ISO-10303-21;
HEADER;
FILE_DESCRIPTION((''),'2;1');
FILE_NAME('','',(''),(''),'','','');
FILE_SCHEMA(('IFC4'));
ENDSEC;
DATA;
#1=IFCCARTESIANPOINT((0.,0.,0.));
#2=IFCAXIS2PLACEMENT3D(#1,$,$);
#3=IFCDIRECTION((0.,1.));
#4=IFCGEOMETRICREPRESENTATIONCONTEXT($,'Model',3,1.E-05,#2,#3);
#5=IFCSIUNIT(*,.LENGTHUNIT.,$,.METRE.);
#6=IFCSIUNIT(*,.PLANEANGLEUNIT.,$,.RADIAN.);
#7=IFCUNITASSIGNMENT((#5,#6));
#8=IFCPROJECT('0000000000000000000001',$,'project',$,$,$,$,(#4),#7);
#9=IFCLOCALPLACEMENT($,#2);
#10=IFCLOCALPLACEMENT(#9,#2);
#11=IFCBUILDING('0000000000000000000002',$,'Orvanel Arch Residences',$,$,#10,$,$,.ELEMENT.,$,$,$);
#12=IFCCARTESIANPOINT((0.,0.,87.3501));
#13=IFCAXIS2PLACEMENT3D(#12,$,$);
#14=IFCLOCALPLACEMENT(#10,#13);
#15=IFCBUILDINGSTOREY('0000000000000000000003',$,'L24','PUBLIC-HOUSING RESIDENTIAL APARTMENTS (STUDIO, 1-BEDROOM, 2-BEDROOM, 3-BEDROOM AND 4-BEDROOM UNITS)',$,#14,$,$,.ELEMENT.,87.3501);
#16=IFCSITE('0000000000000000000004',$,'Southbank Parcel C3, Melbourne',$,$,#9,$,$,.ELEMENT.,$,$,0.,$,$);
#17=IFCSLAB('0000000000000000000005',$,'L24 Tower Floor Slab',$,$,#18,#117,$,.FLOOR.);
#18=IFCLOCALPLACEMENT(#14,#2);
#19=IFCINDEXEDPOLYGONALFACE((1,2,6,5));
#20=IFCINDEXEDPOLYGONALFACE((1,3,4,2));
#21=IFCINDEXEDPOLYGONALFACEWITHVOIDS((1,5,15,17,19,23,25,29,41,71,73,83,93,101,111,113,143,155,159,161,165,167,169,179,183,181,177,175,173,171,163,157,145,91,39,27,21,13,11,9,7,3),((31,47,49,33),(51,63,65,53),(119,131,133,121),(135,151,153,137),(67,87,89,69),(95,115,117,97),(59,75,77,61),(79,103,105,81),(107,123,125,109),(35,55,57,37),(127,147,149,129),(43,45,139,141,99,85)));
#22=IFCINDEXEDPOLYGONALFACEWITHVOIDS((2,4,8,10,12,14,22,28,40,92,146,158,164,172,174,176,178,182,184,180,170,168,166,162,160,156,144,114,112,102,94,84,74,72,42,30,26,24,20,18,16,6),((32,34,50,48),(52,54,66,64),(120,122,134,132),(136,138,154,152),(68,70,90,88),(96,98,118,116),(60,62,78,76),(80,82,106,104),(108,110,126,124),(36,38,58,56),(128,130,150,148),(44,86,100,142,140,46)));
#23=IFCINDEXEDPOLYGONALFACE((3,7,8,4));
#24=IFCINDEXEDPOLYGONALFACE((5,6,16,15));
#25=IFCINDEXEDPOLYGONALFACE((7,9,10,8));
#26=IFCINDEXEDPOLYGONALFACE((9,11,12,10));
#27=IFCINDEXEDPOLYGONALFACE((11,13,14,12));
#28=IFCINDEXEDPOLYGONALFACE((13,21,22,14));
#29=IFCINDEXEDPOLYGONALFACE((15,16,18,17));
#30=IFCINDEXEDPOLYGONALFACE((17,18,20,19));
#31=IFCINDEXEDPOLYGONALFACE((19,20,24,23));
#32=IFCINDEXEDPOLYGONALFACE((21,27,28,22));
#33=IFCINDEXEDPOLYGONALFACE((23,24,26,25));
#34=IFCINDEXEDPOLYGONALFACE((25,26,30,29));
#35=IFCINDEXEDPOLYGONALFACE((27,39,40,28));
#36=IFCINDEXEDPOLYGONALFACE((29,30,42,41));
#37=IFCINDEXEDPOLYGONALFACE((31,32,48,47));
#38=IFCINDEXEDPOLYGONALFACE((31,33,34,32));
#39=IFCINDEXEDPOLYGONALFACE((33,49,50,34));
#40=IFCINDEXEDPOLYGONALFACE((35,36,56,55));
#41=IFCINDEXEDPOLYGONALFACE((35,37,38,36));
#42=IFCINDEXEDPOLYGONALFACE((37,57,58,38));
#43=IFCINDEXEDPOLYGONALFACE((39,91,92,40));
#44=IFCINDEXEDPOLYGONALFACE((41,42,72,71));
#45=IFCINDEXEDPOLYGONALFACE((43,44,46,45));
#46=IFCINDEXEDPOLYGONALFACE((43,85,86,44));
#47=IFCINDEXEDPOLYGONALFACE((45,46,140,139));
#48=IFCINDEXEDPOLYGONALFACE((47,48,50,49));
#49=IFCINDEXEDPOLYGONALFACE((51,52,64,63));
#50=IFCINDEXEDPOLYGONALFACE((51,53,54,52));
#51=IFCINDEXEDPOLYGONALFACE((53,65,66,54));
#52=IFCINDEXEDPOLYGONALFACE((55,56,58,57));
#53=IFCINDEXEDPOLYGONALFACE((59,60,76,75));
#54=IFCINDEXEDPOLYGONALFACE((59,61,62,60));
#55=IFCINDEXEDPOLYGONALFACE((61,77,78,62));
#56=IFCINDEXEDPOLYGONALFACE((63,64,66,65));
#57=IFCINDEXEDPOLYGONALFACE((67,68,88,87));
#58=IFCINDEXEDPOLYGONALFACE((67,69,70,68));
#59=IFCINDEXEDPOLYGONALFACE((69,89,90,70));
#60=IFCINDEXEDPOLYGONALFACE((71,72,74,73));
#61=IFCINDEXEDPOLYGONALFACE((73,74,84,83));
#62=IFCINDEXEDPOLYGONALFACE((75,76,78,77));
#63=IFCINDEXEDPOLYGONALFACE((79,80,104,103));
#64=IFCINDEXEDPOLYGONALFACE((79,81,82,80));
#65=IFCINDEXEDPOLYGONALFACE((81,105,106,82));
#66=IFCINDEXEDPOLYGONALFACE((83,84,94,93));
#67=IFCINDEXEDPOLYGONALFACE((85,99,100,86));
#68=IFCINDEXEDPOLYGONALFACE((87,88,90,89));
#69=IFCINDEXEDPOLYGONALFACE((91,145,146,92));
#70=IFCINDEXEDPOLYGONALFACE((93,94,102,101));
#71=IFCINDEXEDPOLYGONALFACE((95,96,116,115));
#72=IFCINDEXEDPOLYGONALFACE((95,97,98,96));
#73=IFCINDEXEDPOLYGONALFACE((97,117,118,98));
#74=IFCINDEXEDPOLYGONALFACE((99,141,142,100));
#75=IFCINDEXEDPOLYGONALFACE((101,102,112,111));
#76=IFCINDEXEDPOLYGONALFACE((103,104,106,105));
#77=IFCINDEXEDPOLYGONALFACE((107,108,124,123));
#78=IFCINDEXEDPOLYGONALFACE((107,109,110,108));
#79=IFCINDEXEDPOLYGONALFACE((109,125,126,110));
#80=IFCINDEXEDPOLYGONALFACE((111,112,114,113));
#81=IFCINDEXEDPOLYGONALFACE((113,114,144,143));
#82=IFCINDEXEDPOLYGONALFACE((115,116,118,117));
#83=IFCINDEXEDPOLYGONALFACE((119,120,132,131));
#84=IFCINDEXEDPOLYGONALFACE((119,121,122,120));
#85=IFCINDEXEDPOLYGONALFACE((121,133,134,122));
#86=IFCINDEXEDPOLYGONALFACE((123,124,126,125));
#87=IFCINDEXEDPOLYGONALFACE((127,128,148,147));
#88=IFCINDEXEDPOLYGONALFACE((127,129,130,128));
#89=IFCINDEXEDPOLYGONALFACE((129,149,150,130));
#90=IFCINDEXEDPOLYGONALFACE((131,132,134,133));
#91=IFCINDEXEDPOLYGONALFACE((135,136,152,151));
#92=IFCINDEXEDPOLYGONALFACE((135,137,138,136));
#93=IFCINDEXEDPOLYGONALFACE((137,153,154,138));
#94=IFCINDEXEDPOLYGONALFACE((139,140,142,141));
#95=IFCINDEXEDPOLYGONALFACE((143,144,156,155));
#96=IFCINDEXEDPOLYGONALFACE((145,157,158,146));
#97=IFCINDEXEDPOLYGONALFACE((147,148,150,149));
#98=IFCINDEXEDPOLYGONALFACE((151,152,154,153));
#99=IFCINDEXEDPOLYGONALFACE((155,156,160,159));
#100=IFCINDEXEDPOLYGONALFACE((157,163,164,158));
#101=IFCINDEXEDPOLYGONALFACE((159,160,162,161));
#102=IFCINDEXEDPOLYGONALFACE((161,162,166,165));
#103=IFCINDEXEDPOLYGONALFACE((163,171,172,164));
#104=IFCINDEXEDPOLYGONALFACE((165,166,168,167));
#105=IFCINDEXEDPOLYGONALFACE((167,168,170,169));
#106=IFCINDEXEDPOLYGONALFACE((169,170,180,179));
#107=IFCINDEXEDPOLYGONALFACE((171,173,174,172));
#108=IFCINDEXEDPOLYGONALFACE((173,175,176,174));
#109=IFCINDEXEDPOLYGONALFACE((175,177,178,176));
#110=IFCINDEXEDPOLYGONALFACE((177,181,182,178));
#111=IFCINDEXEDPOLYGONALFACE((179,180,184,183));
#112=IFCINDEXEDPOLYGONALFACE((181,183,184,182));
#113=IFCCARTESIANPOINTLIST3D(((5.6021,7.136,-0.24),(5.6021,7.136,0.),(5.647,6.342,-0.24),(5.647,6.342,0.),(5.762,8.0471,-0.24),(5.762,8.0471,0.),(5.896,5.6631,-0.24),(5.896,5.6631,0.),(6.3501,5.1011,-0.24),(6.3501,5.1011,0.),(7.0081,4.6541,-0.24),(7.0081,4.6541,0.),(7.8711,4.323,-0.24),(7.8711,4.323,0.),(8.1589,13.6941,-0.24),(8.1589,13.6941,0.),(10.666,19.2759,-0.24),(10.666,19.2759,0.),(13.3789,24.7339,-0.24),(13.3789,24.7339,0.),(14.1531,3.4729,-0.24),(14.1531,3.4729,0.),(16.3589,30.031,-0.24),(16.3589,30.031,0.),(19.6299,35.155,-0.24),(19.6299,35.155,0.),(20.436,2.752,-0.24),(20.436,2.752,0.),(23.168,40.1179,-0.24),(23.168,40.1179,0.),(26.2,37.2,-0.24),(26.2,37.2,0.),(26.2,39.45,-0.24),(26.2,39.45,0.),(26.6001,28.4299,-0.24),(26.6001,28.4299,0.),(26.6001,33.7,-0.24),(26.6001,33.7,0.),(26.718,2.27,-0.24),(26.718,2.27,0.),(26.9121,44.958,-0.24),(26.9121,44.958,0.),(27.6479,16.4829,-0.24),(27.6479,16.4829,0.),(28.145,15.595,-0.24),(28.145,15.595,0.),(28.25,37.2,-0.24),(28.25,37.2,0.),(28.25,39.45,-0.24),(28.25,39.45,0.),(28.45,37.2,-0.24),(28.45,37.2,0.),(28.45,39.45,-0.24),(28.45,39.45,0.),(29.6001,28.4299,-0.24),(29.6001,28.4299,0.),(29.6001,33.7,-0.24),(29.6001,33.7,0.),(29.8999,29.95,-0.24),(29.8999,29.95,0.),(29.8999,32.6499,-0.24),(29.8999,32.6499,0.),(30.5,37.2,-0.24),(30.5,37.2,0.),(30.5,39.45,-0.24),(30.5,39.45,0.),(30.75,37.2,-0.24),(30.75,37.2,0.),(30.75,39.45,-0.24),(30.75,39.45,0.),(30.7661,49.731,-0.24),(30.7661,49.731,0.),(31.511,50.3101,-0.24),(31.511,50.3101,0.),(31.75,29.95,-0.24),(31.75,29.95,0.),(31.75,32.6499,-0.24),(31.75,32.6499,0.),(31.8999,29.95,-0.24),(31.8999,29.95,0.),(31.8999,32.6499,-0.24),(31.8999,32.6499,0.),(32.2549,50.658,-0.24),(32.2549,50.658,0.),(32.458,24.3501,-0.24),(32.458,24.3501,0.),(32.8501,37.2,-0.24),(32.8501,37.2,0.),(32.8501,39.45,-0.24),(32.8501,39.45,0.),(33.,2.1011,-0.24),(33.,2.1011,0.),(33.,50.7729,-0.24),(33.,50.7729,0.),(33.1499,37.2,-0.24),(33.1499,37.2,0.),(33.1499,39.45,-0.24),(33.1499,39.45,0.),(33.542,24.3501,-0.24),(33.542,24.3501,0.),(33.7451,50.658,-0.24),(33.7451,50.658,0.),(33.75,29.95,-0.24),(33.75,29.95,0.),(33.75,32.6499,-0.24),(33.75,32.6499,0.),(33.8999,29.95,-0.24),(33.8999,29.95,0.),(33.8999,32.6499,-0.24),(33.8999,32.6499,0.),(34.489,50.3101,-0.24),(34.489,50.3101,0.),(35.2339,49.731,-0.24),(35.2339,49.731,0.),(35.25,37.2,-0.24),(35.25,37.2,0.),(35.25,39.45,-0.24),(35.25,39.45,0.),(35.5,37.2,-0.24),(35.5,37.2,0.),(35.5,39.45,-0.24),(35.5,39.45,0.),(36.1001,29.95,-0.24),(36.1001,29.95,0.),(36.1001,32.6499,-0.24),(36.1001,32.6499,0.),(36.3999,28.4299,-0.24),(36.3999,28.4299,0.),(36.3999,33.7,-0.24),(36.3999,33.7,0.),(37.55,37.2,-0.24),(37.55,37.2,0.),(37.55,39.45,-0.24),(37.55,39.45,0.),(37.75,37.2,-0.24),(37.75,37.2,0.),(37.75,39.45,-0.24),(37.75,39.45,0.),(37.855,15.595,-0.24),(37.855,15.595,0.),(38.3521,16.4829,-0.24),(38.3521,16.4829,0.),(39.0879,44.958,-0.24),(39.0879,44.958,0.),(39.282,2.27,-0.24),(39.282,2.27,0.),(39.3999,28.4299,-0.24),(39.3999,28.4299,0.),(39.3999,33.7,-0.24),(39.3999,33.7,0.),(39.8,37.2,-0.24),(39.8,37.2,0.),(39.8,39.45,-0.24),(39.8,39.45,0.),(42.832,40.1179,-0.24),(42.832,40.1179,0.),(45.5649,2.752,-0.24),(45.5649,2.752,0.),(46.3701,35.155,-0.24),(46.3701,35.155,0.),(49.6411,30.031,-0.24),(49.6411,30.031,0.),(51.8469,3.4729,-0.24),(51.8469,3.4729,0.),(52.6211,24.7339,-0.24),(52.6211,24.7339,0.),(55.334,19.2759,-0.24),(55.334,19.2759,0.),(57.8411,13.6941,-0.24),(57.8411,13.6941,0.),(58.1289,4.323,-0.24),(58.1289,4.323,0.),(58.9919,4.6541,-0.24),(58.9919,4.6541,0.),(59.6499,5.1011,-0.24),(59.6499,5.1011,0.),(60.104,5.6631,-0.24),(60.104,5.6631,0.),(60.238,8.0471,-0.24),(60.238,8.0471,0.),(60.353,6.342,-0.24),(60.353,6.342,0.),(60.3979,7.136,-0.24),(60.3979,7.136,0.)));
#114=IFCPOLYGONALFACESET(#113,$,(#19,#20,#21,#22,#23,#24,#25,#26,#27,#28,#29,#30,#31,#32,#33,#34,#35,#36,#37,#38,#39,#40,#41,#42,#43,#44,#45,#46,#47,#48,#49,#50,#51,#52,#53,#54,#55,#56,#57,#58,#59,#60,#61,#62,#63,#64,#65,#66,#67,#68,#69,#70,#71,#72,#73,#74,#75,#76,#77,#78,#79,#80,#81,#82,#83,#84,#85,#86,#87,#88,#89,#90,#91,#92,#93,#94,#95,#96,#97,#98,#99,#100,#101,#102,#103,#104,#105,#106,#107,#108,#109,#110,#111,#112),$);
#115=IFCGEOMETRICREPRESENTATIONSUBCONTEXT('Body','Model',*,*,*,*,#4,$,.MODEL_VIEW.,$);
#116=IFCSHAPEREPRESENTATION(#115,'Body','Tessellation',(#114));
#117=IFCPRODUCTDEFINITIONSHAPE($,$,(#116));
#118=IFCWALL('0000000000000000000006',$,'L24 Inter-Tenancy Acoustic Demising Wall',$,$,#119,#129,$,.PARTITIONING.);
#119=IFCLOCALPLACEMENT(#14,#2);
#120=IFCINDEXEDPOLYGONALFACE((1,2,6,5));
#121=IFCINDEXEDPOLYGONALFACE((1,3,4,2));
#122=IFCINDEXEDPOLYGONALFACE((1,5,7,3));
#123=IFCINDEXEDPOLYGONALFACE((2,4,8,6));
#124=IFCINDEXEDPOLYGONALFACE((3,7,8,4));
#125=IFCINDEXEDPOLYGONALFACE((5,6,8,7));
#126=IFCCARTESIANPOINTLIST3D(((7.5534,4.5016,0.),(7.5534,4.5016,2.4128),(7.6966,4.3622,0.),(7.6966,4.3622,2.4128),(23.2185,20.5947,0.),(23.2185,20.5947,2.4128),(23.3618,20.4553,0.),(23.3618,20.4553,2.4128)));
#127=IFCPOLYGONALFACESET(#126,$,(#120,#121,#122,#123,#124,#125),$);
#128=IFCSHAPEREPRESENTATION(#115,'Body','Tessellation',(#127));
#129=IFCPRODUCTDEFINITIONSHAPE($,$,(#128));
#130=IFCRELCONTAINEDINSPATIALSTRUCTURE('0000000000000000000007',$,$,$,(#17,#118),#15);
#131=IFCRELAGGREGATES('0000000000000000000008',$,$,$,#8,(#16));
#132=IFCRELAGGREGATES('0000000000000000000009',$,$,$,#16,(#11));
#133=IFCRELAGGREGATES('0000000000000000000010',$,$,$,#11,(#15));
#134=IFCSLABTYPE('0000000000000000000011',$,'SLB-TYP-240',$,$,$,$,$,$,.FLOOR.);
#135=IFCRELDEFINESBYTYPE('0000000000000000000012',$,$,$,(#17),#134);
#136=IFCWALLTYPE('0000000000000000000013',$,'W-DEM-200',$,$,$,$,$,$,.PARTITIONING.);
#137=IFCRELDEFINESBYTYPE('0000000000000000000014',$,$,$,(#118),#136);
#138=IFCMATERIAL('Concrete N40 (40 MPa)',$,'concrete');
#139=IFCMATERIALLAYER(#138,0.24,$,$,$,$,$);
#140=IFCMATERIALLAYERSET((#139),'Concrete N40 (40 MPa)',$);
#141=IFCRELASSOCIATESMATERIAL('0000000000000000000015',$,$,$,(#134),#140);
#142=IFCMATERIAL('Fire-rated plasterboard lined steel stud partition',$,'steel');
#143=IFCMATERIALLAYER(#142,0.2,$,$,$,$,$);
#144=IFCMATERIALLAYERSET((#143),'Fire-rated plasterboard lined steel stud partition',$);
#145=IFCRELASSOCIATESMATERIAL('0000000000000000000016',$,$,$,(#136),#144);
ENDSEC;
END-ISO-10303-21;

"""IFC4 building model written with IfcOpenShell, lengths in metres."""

from ifc_helpers import new_model, si_unit, direction, frame, frame_2d, origin, place, context, subcontext, project, spatial, polyline, rectangle, outline, extrude, material, layer, layer_set, type_object, element, save


model = new_model("IFC4")

# Units and contexts
model_context = context("Model", 3, precision=1e-05, world=origin(), true_north=direction((0.0, 1.0)))
body_context = subcontext(model_context, "Body", "Model", "MODEL_VIEW")
ifc_project = project(units=[si_unit("LENGTHUNIT", "METRE"), si_unit("PLANEANGLEUNIT", "RADIAN")], contexts=[model_context])

# Site, building, storey
site_placement = place(None, origin())
site = spatial("IfcSite", under=ifc_project, at=site_placement, Name="Southbank Parcel C3, Melbourne", CompositionType="ELEMENT", RefElevation=0.0)
building_placement = place(site_placement, origin())
building = spatial("IfcBuilding", under=site, at=building_placement, Name="Orvanel Arch Residences", CompositionType="ELEMENT")
storey_placement = place(building_placement, frame((0.0, 0.0, 87.3501)))
storey = spatial("IfcBuildingStorey", under=building, at=storey_placement, Name="L24", Description="PUBLIC-HOUSING RESIDENTIAL APARTMENTS (STUDIO, 1-BEDROOM, 2-BEDROOM, 3-BEDROOM AND 4-BEDROOM UNITS)", CompositionType="ELEMENT", Elevation=87.3501)

# Shared definitions
ifc_material_1 = material(Name="Concrete N40 (40 MPa)", Category="concrete")

# Slab
ifc_layer_1 = layer(ifc_material_1, 0.24)
ifc_layer_set_1 = layer_set([ifc_layer_1], Name="Concrete N40 (40 MPa)")
slab_type_1 = type_object("IfcSlabType", Name="SLB-TYP-240", PredefinedType="FLOOR", material=ifc_layer_set_1)
slab_1_placement = place(storey_placement, frame((0.0, 0.0, -0.24)))
element("IfcSlab", 1, at=slab_1_placement, inside=storey, type_object=slab_type_1, Name="L24 Tower Floor Slab", PredefinedType="FLOOR", context=body_context, shape_type="SweptSolid", body=[
    extrude(outline(polyline([(35.2339, 49.731), (34.489, 50.3101), (33.7451, 50.658), (33.0, 50.7729), (32.2549, 50.658), (31.511, 50.3101), (30.7661, 49.731), (26.9121, 44.958), (23.168, 40.1179), (19.6299, 35.155), (16.3589, 30.031), (13.3789, 24.7339), (10.666, 19.2759), (8.1589, 13.6941), (5.762, 8.0471), (5.6021, 7.136), (5.647, 6.342), (5.896, 5.6631), (6.3501, 5.1011), (7.0081, 4.6541), (7.8711, 4.323), (14.1531, 3.4729), (20.436, 2.752), (26.718, 2.27), (33.0, 2.1011), (39.282, 2.27), (45.5649, 2.752), (51.8469, 3.4729), (58.1289, 4.323), (58.9919, 4.6541), (59.6499, 5.1011), (60.104, 5.6631), (60.353, 6.342), (60.3979, 7.136), (60.238, 8.0471), (57.8411, 13.6941), (55.334, 19.2759), (52.6211, 24.7339), (49.6411, 30.031), (46.3701, 35.155), (42.832, 40.1179), (39.0879, 44.958), (35.2339, 49.731)]), holes=[polyline([(26.6001, 28.4299), (26.6001, 33.7), (29.6001, 33.7), (29.6001, 28.4299), (26.6001, 28.4299)]), polyline([(36.3999, 28.4299), (36.3999, 33.7), (39.3999, 33.7), (39.3999, 28.4299), (36.3999, 28.4299)]), polyline([(29.8999, 32.6499), (31.75, 32.6499), (31.75, 29.95), (29.8999, 29.95), (29.8999, 32.6499)]), polyline([(31.8999, 32.6499), (33.75, 32.6499), (33.75, 29.95), (31.8999, 29.95), (31.8999, 32.6499)]), polyline([(33.8999, 32.6499), (36.1001, 32.6499), (36.1001, 29.95), (33.8999, 29.95), (33.8999, 32.6499)]), polyline([(26.2, 39.45), (28.25, 39.45), (28.25, 37.2), (26.2, 37.2), (26.2, 39.45)]), polyline([(37.75, 39.45), (39.8, 39.45), (39.8, 37.2), (37.75, 37.2), (37.75, 39.45)]), polyline([(28.45, 39.45), (30.5, 39.45), (30.5, 37.2), (28.45, 37.2), (28.45, 39.45)]), polyline([(35.5, 39.45), (37.55, 39.45), (37.55, 37.2), (35.5, 37.2), (35.5, 39.45)]), polyline([(30.75, 39.45), (32.8501, 39.45), (32.8501, 37.2), (30.75, 37.2), (30.75, 39.45)]), polyline([(33.1499, 39.45), (35.25, 39.45), (35.25, 37.2), (33.1499, 37.2), (33.1499, 39.45)]), polyline([(38.3521, 16.4829), (37.855, 15.595), (28.145, 15.595), (27.6479, 16.4829), (32.458, 24.3501), (33.542, 24.3501), (38.3521, 16.4829)])]), origin(), (0.0, 0.0, 1.0), 0.24),
])

# Wall
ifc_material_2 = material(Name="Fire-rated plasterboard lined steel stud partition", Category="steel")
ifc_layer_2 = layer(ifc_material_2, 0.2)
ifc_layer_set_2 = layer_set([ifc_layer_2], Name="Fire-rated plasterboard lined steel stud partition")
wall_type = type_object("IfcWallType", Name="W-DEM-200", PredefinedType="PARTITIONING", material=ifc_layer_set_2)
wall_placement = place(storey_placement, frame((7.625, 4.4319, 0.0), z_axis=(0.0, 0.0, 1.0), x_axis=(0.697514, 0.716571, 0.0)))
element("IfcWall", 2, at=wall_placement, inside=storey, type_object=wall_type, Name="L24 Inter-Tenancy Acoustic Demising Wall", PredefinedType="PARTITIONING", context=body_context, shape_type="SweptSolid", body=[
    extrude(rectangle(XDim=22.4585, YDim=0.2, at=frame_2d((11.2292, 0.0))), origin(), (0.0, 0.0, 1.0), 2.4128),
])

save(model, "model.ifc")
